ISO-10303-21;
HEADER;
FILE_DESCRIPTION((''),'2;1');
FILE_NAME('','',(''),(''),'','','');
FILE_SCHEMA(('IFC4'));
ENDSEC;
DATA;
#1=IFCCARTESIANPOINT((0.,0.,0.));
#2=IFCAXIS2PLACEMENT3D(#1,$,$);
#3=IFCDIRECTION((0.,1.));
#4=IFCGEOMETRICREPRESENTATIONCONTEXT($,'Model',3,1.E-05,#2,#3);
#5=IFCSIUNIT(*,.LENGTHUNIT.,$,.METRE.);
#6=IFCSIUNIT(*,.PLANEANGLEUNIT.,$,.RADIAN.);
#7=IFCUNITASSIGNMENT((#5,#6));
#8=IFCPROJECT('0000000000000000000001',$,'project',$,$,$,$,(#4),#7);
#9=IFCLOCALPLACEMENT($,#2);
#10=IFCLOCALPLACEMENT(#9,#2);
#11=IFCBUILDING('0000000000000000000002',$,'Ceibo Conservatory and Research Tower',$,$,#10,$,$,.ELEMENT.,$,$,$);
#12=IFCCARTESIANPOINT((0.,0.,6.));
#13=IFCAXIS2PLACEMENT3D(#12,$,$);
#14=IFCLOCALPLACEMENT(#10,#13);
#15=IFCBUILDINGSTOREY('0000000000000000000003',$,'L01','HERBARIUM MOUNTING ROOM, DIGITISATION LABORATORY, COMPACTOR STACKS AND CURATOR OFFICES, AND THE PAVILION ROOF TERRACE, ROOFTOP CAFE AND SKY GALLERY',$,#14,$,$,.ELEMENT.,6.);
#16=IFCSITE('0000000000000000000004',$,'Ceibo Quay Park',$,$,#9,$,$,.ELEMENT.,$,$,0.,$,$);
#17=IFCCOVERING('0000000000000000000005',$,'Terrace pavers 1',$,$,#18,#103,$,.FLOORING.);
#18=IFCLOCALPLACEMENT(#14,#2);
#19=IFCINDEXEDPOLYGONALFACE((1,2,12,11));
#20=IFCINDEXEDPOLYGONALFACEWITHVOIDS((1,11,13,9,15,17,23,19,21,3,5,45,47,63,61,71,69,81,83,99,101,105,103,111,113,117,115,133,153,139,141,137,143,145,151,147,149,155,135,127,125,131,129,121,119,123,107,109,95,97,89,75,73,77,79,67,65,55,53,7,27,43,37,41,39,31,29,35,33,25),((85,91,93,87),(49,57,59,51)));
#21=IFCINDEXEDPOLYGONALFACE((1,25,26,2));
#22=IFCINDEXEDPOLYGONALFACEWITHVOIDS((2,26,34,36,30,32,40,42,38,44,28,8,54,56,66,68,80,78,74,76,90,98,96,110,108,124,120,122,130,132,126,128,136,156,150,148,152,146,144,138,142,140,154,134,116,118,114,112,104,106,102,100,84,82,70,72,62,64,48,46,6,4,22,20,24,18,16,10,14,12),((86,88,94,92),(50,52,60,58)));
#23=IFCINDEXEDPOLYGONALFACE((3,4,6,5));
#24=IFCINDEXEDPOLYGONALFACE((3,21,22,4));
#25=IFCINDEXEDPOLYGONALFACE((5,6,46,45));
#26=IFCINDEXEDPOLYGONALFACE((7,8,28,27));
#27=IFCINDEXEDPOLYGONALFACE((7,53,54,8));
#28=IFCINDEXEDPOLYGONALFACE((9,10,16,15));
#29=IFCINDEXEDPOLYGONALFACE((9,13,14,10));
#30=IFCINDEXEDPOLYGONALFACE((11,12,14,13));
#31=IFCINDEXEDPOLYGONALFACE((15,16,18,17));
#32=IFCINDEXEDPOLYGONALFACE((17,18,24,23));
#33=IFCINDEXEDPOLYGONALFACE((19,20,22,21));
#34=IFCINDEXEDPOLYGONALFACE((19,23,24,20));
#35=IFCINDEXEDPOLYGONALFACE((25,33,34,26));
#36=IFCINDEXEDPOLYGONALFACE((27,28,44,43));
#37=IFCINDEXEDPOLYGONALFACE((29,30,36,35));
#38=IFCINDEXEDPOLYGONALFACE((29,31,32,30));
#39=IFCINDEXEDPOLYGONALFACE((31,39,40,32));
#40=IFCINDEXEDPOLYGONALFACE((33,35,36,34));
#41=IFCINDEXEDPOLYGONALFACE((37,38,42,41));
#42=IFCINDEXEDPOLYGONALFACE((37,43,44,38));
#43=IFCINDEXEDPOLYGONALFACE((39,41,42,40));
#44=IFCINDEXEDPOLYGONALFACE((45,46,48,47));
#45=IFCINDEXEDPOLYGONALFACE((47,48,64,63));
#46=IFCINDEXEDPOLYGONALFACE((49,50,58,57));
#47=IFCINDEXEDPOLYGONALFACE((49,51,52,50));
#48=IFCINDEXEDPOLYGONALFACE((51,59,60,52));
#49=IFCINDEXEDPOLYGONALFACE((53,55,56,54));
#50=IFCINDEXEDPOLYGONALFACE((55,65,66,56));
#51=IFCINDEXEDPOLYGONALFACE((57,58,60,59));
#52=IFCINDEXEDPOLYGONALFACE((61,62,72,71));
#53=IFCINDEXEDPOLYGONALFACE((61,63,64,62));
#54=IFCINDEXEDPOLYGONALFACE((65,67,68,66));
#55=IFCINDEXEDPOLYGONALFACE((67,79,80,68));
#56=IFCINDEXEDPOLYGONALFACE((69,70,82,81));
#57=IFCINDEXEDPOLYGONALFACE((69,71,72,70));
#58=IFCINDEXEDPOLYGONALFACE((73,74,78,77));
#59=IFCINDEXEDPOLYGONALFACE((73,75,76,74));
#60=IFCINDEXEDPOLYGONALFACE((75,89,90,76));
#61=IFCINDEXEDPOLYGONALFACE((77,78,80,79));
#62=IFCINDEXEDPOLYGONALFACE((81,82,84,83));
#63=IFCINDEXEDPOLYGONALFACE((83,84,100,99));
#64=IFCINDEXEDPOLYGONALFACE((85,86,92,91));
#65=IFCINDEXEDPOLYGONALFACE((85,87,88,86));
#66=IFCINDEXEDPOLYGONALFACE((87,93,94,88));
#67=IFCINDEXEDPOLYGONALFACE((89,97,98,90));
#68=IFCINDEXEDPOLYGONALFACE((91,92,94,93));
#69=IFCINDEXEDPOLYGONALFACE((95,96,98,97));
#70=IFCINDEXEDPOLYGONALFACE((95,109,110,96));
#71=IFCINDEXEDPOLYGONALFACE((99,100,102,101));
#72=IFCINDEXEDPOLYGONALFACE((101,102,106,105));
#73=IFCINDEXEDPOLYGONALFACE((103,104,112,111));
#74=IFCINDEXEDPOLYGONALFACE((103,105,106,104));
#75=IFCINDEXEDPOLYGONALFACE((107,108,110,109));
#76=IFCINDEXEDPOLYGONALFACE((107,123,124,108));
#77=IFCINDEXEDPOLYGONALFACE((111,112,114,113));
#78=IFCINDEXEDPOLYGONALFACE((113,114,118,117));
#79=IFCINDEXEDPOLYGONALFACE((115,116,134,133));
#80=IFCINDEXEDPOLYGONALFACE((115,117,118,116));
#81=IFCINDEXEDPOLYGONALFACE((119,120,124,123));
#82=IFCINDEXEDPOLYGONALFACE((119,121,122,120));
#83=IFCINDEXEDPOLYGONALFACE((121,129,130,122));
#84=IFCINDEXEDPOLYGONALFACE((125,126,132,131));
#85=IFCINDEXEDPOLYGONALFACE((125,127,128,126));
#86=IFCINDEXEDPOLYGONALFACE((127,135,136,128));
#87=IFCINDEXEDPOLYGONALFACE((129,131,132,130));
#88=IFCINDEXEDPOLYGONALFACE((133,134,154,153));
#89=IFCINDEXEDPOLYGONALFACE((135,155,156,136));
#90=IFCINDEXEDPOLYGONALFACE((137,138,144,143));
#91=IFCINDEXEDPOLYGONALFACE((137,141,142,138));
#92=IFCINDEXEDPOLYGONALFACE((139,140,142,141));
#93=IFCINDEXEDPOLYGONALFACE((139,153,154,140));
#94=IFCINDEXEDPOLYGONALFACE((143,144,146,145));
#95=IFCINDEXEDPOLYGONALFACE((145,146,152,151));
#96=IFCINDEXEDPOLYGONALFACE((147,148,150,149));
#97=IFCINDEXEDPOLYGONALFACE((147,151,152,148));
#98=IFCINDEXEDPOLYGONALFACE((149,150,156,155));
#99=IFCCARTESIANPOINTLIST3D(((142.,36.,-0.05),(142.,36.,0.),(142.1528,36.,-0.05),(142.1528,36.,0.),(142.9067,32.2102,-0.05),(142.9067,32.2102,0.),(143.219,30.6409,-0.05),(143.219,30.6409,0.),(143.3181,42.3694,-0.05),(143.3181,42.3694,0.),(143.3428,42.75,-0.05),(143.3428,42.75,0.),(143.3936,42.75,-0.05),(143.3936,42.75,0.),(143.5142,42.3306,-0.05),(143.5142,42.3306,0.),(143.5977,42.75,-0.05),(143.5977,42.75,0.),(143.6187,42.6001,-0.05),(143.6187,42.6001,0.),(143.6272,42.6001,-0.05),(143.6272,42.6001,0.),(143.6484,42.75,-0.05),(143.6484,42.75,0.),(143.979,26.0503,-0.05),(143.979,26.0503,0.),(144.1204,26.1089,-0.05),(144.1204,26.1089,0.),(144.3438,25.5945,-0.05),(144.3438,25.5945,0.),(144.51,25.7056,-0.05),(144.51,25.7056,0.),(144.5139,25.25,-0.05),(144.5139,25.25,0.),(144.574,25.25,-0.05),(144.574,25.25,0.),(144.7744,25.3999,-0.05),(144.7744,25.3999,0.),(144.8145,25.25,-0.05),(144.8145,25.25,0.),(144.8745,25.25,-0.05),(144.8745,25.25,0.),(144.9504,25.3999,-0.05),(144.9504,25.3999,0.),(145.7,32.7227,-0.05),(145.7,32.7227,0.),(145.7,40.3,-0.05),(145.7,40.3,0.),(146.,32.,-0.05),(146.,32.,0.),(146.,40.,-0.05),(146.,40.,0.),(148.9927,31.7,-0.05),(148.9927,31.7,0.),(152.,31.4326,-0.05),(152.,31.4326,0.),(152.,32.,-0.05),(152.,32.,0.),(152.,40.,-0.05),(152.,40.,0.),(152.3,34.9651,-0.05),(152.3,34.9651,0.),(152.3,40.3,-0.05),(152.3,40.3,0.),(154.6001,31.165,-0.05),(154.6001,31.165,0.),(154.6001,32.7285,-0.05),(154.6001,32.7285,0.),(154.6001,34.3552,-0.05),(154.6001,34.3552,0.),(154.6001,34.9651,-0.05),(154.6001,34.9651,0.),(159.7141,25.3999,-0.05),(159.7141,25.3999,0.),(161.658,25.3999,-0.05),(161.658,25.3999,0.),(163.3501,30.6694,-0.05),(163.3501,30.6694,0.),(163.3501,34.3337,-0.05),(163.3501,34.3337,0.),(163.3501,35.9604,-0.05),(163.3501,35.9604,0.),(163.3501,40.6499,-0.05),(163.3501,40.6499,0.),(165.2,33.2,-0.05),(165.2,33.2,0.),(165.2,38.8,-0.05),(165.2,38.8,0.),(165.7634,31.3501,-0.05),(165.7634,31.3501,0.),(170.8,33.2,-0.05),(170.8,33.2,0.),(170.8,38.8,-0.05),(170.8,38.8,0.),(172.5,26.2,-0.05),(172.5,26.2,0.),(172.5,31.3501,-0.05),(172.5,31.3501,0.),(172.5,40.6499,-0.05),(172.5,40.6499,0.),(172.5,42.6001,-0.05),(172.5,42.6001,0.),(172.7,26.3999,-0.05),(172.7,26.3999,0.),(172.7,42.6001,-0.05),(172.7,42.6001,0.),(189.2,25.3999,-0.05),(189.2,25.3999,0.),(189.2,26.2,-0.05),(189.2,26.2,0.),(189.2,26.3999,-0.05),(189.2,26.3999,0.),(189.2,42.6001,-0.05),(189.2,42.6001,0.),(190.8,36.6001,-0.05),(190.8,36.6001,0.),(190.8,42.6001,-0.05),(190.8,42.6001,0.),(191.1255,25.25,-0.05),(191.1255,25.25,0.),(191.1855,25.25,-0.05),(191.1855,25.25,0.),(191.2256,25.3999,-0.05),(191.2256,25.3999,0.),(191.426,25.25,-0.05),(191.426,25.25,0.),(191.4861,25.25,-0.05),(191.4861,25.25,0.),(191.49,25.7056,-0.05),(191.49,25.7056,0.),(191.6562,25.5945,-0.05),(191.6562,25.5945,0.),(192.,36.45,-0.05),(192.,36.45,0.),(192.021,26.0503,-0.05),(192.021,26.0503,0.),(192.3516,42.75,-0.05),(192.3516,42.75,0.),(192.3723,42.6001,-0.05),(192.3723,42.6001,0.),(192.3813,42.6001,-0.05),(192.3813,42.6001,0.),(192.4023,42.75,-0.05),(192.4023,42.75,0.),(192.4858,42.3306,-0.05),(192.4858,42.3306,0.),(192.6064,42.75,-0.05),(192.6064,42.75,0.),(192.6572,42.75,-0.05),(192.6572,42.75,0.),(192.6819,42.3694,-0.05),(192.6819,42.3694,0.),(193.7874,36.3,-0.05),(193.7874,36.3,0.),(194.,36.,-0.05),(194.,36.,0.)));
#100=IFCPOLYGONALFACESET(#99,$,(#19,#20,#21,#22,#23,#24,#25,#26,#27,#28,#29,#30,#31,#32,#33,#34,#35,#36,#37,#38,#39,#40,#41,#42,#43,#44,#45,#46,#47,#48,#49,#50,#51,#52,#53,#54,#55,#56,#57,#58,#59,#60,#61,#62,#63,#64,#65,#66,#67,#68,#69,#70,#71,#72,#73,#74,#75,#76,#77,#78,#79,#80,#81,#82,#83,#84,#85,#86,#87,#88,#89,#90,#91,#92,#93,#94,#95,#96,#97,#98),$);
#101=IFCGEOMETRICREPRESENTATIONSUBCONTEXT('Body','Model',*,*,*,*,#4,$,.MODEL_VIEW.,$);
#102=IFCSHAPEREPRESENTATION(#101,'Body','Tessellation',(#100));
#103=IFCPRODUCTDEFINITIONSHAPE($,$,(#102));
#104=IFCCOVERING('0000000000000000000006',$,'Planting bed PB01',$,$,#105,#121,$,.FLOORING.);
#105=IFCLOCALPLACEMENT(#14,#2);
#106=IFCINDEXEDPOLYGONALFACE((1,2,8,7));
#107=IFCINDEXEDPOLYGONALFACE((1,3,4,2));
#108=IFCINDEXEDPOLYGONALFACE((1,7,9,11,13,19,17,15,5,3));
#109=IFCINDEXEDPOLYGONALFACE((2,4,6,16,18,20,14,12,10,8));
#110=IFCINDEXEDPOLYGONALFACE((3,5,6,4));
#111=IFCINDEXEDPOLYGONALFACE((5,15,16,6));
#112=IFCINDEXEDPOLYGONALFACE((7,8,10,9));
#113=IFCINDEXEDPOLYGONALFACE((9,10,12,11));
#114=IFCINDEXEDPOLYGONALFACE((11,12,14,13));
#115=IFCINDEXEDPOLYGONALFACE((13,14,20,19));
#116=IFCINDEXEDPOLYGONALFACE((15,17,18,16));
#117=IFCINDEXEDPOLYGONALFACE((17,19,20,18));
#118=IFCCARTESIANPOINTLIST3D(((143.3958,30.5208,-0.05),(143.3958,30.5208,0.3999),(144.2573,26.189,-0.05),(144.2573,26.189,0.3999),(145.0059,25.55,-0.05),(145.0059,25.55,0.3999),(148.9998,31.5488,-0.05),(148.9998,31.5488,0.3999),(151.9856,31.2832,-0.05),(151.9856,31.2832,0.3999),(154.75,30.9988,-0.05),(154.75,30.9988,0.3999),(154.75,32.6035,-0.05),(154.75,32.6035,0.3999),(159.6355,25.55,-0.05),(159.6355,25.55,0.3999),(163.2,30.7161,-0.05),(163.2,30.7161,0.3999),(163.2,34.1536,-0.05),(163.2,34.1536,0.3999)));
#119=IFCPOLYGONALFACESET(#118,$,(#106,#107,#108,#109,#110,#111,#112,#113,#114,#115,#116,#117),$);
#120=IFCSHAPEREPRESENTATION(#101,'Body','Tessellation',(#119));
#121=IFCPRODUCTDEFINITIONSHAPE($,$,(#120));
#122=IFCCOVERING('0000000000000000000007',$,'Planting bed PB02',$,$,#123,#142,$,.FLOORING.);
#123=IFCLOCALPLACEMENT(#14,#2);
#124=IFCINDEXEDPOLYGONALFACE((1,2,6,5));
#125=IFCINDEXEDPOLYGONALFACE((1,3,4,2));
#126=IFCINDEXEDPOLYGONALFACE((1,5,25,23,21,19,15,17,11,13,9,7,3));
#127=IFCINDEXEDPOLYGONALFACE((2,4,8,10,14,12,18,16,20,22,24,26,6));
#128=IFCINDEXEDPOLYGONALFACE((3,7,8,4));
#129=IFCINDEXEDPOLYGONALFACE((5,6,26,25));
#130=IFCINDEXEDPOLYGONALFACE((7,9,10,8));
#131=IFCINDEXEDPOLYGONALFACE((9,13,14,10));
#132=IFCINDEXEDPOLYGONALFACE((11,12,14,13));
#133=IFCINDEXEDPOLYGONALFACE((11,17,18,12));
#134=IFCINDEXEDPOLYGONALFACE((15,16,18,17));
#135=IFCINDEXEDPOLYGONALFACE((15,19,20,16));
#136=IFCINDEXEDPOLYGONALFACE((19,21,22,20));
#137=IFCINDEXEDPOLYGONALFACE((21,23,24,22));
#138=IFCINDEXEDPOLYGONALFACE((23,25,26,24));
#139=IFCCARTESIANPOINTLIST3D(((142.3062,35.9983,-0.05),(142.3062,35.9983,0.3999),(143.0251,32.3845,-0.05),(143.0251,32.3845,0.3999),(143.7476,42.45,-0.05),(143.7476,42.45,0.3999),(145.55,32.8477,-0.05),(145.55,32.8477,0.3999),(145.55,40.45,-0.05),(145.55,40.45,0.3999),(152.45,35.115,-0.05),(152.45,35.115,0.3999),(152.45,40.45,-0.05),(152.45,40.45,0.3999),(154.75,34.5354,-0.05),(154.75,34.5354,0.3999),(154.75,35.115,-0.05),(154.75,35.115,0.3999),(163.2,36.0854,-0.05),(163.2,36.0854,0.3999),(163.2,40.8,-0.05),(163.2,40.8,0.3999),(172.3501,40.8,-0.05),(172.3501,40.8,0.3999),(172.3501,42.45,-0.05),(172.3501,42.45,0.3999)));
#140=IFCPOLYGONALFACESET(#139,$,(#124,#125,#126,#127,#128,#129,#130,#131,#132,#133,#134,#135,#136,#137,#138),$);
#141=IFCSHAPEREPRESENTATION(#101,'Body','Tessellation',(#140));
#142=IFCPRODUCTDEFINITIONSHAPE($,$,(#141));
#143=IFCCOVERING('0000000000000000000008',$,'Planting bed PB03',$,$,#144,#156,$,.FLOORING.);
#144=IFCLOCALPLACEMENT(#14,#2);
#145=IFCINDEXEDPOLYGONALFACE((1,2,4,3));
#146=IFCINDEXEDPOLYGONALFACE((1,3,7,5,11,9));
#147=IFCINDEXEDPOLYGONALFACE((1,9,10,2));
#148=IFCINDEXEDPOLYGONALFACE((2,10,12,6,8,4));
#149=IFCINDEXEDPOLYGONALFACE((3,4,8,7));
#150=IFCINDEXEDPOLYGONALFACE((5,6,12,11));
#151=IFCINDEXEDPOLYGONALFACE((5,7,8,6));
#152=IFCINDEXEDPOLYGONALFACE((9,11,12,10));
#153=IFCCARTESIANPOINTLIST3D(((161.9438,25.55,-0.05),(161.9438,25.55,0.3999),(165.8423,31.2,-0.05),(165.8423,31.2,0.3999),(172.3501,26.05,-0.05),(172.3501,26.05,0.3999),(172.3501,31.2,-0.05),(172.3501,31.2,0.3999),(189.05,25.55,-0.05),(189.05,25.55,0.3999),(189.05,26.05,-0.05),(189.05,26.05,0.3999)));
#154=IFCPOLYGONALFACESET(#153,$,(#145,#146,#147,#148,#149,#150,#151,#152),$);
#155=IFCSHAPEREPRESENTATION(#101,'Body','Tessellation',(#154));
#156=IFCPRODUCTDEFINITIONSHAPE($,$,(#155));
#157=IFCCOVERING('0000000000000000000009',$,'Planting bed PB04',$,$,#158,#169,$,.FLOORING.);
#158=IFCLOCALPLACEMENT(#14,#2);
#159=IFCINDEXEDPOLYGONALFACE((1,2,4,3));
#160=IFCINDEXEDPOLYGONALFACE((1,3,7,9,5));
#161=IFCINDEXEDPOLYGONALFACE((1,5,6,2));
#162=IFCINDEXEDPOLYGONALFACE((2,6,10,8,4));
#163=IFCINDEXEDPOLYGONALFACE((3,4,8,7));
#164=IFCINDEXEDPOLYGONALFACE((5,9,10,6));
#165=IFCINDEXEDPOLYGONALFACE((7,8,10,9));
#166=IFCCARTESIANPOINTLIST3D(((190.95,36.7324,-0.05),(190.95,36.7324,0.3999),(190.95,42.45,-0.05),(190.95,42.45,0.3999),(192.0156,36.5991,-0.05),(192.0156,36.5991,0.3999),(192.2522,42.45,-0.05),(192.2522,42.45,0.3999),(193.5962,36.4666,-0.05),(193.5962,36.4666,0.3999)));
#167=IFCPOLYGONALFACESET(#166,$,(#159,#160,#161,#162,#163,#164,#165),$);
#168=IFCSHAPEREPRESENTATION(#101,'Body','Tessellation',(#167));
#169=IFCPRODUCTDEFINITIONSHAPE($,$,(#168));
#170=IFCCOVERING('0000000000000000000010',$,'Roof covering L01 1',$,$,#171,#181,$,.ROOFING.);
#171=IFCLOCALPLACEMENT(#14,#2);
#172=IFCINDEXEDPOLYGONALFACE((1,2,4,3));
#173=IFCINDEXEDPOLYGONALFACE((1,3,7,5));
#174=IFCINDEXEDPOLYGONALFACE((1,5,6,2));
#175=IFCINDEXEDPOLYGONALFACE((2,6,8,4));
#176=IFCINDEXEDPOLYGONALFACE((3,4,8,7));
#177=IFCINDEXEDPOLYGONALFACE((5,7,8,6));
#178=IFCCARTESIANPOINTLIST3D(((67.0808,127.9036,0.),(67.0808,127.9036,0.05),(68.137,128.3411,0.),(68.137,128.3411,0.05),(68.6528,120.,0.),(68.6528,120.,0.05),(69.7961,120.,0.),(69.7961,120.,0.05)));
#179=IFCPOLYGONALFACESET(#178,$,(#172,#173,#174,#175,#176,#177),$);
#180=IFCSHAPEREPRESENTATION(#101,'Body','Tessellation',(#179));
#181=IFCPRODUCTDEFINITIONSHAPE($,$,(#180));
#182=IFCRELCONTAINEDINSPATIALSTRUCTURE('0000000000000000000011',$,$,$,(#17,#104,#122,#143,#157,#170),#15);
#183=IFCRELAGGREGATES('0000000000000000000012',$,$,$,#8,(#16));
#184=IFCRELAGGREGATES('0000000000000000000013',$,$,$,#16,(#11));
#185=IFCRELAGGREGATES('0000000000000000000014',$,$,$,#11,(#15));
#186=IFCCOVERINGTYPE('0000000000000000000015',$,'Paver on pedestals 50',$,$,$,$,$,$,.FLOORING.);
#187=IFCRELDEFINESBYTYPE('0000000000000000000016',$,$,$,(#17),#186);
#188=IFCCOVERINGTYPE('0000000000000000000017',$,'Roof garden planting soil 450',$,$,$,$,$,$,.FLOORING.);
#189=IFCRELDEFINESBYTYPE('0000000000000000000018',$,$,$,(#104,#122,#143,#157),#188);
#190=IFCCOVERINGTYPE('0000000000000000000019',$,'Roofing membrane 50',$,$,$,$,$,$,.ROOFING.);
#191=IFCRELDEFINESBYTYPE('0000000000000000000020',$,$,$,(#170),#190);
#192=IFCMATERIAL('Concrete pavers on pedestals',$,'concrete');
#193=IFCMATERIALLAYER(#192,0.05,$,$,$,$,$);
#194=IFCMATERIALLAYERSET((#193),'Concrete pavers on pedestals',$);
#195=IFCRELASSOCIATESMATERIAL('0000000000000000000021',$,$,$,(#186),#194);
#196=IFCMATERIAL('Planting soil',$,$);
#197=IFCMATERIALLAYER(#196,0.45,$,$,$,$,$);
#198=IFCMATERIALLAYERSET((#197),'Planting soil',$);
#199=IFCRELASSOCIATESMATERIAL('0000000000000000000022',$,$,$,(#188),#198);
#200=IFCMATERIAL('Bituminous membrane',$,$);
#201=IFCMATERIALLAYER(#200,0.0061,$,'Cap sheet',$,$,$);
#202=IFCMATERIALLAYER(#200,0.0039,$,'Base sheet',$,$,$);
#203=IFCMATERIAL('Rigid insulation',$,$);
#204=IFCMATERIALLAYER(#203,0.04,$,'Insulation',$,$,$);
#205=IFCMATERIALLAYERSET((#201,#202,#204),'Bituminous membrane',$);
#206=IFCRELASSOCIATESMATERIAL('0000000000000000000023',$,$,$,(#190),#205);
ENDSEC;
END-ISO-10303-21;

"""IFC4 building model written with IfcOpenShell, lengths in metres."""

from ifc_helpers import new_model, si_unit, direction, frame, origin, place, context, subcontext, project, spatial, polyline, outline, extrude, material, layer, layer_set, type_object, element, save


model = new_model("IFC4")

# Units and contexts
model_context = context("Model", 3, precision=1e-05, world=origin(), true_north=direction((0.0, 1.0)))
body_context = subcontext(model_context, "Body", "Model", "MODEL_VIEW")
ifc_project = project(units=[si_unit("LENGTHUNIT", "METRE"), si_unit("PLANEANGLEUNIT", "RADIAN")], contexts=[model_context])

# Site, building, storey
site_placement = place(None, origin())
site = spatial("IfcSite", under=ifc_project, at=site_placement, Name="Ceibo Quay Park", CompositionType="ELEMENT", RefElevation=0.0)
building_placement = place(site_placement, origin())
building = spatial("IfcBuilding", under=site, at=building_placement, Name="Ceibo Conservatory and Research Tower", CompositionType="ELEMENT")
storey_placement = place(building_placement, frame((0.0, 0.0, 6.0)))
storey = spatial("IfcBuildingStorey", under=building, at=storey_placement, Name="L01", Description="HERBARIUM MOUNTING ROOM, DIGITISATION LABORATORY, COMPACTOR STACKS AND CURATOR OFFICES, AND THE PAVILION ROOF TERRACE, ROOFTOP CAFE AND SKY GALLERY", CompositionType="ELEMENT", Elevation=6.0)

# Coverings
ifc_material_1 = material(Name="Concrete pavers on pedestals", Category="concrete")
ifc_layer_1 = layer(ifc_material_1, 0.05)
ifc_layer_set_1 = layer_set([ifc_layer_1], Name="Concrete pavers on pedestals")
covering_type_1 = type_object("IfcCoveringType", Name="Paver on pedestals 50", PredefinedType="FLOORING", material=ifc_layer_set_1)
covering_1_placement = place(storey_placement, frame((0.0, 0.0, -0.05)))
element("IfcCovering", 1, at=covering_1_placement, inside=storey, type_object=covering_type_1, Name="Terrace pavers 1", PredefinedType="FLOORING", context=body_context, shape_type="SweptSolid", body=[
    extrude(outline(polyline([(143.3936, 42.75), (143.3181, 42.3694), (143.5142, 42.3306), (143.5977, 42.75), (143.6484, 42.75), (143.6187, 42.6001), (143.6272, 42.6001), (142.1528, 36.0), (142.9067, 32.2102), (145.7, 32.7227), (145.7, 40.3), (152.3, 40.3), (152.3, 34.9651), (154.6001, 34.9651), (154.6001, 34.3552), (163.3501, 35.9604), (163.3501, 40.6499), (172.5, 40.6499), (172.5, 42.6001), (172.7, 42.6001), (172.7, 26.3999), (189.2, 26.3999), (189.2, 42.6001), (190.8, 42.6001), (190.8, 36.6001), (192.0, 36.45), (193.7874, 36.3), (192.3723, 42.6001), (192.3813, 42.6001), (192.3516, 42.75), (192.4023, 42.75), (192.4858, 42.3306), (192.6819, 42.3694), (192.6064, 42.75), (192.6572, 42.75), (194.0, 36.0), (192.021, 26.0503), (191.4861, 25.25), (191.426, 25.25), (191.6562, 25.5945), (191.49, 25.7056), (191.1855, 25.25), (191.1255, 25.25), (191.2256, 25.3999), (189.2, 25.3999), (189.2, 26.2), (172.5, 26.2), (172.5, 31.3501), (165.7634, 31.3501), (161.658, 25.3999), (159.7141, 25.3999), (163.3501, 30.6694), (163.3501, 34.3337), (154.6001, 32.7285), (154.6001, 31.165), (152.0, 31.4326), (148.9927, 31.7), (143.219, 30.6409), (144.1204, 26.1089), (144.9504, 25.3999), (144.7744, 25.3999), (144.8745, 25.25), (144.8145, 25.25), (144.51, 25.7056), (144.3438, 25.5945), (144.574, 25.25), (144.5139, 25.25), (143.979, 26.0503), (142.0, 36.0), (143.3428, 42.75), (143.3936, 42.75)]), holes=[polyline([(165.2, 33.2), (170.8, 33.2), (170.8, 38.8), (165.2, 38.8), (165.2, 33.2)]), polyline([(146.0, 32.0), (152.0, 32.0), (152.0, 40.0), (146.0, 40.0), (146.0, 32.0)])]), origin(), (0.0, 0.0, 1.0), 0.05),
])
ifc_material_2 = material(Name="Planting soil")
ifc_layer_2 = layer(ifc_material_2, 0.45)
ifc_layer_set_2 = layer_set([ifc_layer_2], Name="Planting soil")
covering_type_2 = type_object("IfcCoveringType", Name="Roof garden planting soil 450", PredefinedType="FLOORING", material=ifc_layer_set_2)
covering_2_placement = place(storey_placement, frame((0.0, 0.0, -0.05)))
element("IfcCovering", 2, at=covering_2_placement, inside=storey, type_object=covering_type_2, Name="Planting bed PB01", PredefinedType="FLOORING", context=body_context, shape_type="SweptSolid", body=[
    extrude(outline(polyline([(148.9998, 31.5488), (143.3958, 30.5208), (144.2573, 26.189), (145.0059, 25.55), (159.6355, 25.55), (163.2, 30.7161), (163.2, 34.1536), (154.75, 32.6035), (154.75, 30.9988), (151.9856, 31.2832), (148.9998, 31.5488)])), origin(), (0.0, 0.0, 1.0), 0.45),
])
covering_3_placement = place(storey_placement, frame((0.0, 0.0, -0.05)))
element("IfcCovering", 3, at=covering_3_placement, inside=storey, type_object=covering_type_2, Name="Planting bed PB02", PredefinedType="FLOORING", context=body_context, shape_type="SweptSolid", body=[
    extrude(outline(polyline([(172.3501, 40.8), (172.3501, 42.45), (143.7476, 42.45), (142.3062, 35.9983), (143.0251, 32.3845), (145.55, 32.8477), (145.55, 40.45), (152.45, 40.45), (152.45, 35.115), (154.75, 35.115), (154.75, 34.5354), (163.2, 36.0854), (163.2, 40.8), (172.3501, 40.8)])), origin(), (0.0, 0.0, 1.0), 0.45),
])
covering_4_placement = place(storey_placement, frame((0.0, 0.0, -0.05)))
element("IfcCovering", 4, at=covering_4_placement, inside=storey, type_object=covering_type_2, Name="Planting bed PB03", PredefinedType="FLOORING", context=body_context, shape_type="SweptSolid", body=[
    extrude(outline(polyline([(161.9438, 25.55), (189.05, 25.55), (189.05, 26.05), (172.3501, 26.05), (172.3501, 31.2), (165.8423, 31.2), (161.9438, 25.55)])), origin(), (0.0, 0.0, 1.0), 0.45),
])
covering_5_placement = place(storey_placement, frame((0.0, 0.0, -0.05)))
element("IfcCovering", 5, at=covering_5_placement, inside=storey, type_object=covering_type_2, Name="Planting bed PB04", PredefinedType="FLOORING", context=body_context, shape_type="SweptSolid", body=[
    extrude(outline(polyline([(192.0156, 36.5991), (193.5962, 36.4666), (192.2522, 42.45), (190.95, 42.45), (190.95, 36.7324), (192.0156, 36.5991)])), origin(), (0.0, 0.0, 1.0), 0.45),
])
ifc_material_3 = material(Name="Bituminous membrane")
ifc_layer_3 = layer(ifc_material_3, 0.0061, Name="Cap sheet")
ifc_layer_4 = layer(ifc_material_3, 0.0039, Name="Base sheet")
ifc_material_4 = material(Name="Rigid insulation")
ifc_layer_5 = layer(ifc_material_4, 0.04, Name="Insulation")
ifc_layer_set_3 = layer_set([ifc_layer_3, ifc_layer_4, ifc_layer_5], Name="Bituminous membrane")
covering_type_3 = type_object("IfcCoveringType", Name="Roofing membrane 50", PredefinedType="ROOFING", material=ifc_layer_set_3)
covering_6_placement = place(storey_placement, origin())
element("IfcCovering", 6, at=covering_6_placement, inside=storey, type_object=covering_type_3, Name="Roof covering L01 1", PredefinedType="ROOFING", context=body_context, shape_type="SweptSolid", body=[
    extrude(outline(polyline([(69.7961, 120.0), (68.137, 128.3411), (67.0808, 127.9036), (68.6528, 120.0), (69.7961, 120.0)])), origin(), (0.0, 0.0, 1.0), 0.05),
])

save(model, "model.ifc")
